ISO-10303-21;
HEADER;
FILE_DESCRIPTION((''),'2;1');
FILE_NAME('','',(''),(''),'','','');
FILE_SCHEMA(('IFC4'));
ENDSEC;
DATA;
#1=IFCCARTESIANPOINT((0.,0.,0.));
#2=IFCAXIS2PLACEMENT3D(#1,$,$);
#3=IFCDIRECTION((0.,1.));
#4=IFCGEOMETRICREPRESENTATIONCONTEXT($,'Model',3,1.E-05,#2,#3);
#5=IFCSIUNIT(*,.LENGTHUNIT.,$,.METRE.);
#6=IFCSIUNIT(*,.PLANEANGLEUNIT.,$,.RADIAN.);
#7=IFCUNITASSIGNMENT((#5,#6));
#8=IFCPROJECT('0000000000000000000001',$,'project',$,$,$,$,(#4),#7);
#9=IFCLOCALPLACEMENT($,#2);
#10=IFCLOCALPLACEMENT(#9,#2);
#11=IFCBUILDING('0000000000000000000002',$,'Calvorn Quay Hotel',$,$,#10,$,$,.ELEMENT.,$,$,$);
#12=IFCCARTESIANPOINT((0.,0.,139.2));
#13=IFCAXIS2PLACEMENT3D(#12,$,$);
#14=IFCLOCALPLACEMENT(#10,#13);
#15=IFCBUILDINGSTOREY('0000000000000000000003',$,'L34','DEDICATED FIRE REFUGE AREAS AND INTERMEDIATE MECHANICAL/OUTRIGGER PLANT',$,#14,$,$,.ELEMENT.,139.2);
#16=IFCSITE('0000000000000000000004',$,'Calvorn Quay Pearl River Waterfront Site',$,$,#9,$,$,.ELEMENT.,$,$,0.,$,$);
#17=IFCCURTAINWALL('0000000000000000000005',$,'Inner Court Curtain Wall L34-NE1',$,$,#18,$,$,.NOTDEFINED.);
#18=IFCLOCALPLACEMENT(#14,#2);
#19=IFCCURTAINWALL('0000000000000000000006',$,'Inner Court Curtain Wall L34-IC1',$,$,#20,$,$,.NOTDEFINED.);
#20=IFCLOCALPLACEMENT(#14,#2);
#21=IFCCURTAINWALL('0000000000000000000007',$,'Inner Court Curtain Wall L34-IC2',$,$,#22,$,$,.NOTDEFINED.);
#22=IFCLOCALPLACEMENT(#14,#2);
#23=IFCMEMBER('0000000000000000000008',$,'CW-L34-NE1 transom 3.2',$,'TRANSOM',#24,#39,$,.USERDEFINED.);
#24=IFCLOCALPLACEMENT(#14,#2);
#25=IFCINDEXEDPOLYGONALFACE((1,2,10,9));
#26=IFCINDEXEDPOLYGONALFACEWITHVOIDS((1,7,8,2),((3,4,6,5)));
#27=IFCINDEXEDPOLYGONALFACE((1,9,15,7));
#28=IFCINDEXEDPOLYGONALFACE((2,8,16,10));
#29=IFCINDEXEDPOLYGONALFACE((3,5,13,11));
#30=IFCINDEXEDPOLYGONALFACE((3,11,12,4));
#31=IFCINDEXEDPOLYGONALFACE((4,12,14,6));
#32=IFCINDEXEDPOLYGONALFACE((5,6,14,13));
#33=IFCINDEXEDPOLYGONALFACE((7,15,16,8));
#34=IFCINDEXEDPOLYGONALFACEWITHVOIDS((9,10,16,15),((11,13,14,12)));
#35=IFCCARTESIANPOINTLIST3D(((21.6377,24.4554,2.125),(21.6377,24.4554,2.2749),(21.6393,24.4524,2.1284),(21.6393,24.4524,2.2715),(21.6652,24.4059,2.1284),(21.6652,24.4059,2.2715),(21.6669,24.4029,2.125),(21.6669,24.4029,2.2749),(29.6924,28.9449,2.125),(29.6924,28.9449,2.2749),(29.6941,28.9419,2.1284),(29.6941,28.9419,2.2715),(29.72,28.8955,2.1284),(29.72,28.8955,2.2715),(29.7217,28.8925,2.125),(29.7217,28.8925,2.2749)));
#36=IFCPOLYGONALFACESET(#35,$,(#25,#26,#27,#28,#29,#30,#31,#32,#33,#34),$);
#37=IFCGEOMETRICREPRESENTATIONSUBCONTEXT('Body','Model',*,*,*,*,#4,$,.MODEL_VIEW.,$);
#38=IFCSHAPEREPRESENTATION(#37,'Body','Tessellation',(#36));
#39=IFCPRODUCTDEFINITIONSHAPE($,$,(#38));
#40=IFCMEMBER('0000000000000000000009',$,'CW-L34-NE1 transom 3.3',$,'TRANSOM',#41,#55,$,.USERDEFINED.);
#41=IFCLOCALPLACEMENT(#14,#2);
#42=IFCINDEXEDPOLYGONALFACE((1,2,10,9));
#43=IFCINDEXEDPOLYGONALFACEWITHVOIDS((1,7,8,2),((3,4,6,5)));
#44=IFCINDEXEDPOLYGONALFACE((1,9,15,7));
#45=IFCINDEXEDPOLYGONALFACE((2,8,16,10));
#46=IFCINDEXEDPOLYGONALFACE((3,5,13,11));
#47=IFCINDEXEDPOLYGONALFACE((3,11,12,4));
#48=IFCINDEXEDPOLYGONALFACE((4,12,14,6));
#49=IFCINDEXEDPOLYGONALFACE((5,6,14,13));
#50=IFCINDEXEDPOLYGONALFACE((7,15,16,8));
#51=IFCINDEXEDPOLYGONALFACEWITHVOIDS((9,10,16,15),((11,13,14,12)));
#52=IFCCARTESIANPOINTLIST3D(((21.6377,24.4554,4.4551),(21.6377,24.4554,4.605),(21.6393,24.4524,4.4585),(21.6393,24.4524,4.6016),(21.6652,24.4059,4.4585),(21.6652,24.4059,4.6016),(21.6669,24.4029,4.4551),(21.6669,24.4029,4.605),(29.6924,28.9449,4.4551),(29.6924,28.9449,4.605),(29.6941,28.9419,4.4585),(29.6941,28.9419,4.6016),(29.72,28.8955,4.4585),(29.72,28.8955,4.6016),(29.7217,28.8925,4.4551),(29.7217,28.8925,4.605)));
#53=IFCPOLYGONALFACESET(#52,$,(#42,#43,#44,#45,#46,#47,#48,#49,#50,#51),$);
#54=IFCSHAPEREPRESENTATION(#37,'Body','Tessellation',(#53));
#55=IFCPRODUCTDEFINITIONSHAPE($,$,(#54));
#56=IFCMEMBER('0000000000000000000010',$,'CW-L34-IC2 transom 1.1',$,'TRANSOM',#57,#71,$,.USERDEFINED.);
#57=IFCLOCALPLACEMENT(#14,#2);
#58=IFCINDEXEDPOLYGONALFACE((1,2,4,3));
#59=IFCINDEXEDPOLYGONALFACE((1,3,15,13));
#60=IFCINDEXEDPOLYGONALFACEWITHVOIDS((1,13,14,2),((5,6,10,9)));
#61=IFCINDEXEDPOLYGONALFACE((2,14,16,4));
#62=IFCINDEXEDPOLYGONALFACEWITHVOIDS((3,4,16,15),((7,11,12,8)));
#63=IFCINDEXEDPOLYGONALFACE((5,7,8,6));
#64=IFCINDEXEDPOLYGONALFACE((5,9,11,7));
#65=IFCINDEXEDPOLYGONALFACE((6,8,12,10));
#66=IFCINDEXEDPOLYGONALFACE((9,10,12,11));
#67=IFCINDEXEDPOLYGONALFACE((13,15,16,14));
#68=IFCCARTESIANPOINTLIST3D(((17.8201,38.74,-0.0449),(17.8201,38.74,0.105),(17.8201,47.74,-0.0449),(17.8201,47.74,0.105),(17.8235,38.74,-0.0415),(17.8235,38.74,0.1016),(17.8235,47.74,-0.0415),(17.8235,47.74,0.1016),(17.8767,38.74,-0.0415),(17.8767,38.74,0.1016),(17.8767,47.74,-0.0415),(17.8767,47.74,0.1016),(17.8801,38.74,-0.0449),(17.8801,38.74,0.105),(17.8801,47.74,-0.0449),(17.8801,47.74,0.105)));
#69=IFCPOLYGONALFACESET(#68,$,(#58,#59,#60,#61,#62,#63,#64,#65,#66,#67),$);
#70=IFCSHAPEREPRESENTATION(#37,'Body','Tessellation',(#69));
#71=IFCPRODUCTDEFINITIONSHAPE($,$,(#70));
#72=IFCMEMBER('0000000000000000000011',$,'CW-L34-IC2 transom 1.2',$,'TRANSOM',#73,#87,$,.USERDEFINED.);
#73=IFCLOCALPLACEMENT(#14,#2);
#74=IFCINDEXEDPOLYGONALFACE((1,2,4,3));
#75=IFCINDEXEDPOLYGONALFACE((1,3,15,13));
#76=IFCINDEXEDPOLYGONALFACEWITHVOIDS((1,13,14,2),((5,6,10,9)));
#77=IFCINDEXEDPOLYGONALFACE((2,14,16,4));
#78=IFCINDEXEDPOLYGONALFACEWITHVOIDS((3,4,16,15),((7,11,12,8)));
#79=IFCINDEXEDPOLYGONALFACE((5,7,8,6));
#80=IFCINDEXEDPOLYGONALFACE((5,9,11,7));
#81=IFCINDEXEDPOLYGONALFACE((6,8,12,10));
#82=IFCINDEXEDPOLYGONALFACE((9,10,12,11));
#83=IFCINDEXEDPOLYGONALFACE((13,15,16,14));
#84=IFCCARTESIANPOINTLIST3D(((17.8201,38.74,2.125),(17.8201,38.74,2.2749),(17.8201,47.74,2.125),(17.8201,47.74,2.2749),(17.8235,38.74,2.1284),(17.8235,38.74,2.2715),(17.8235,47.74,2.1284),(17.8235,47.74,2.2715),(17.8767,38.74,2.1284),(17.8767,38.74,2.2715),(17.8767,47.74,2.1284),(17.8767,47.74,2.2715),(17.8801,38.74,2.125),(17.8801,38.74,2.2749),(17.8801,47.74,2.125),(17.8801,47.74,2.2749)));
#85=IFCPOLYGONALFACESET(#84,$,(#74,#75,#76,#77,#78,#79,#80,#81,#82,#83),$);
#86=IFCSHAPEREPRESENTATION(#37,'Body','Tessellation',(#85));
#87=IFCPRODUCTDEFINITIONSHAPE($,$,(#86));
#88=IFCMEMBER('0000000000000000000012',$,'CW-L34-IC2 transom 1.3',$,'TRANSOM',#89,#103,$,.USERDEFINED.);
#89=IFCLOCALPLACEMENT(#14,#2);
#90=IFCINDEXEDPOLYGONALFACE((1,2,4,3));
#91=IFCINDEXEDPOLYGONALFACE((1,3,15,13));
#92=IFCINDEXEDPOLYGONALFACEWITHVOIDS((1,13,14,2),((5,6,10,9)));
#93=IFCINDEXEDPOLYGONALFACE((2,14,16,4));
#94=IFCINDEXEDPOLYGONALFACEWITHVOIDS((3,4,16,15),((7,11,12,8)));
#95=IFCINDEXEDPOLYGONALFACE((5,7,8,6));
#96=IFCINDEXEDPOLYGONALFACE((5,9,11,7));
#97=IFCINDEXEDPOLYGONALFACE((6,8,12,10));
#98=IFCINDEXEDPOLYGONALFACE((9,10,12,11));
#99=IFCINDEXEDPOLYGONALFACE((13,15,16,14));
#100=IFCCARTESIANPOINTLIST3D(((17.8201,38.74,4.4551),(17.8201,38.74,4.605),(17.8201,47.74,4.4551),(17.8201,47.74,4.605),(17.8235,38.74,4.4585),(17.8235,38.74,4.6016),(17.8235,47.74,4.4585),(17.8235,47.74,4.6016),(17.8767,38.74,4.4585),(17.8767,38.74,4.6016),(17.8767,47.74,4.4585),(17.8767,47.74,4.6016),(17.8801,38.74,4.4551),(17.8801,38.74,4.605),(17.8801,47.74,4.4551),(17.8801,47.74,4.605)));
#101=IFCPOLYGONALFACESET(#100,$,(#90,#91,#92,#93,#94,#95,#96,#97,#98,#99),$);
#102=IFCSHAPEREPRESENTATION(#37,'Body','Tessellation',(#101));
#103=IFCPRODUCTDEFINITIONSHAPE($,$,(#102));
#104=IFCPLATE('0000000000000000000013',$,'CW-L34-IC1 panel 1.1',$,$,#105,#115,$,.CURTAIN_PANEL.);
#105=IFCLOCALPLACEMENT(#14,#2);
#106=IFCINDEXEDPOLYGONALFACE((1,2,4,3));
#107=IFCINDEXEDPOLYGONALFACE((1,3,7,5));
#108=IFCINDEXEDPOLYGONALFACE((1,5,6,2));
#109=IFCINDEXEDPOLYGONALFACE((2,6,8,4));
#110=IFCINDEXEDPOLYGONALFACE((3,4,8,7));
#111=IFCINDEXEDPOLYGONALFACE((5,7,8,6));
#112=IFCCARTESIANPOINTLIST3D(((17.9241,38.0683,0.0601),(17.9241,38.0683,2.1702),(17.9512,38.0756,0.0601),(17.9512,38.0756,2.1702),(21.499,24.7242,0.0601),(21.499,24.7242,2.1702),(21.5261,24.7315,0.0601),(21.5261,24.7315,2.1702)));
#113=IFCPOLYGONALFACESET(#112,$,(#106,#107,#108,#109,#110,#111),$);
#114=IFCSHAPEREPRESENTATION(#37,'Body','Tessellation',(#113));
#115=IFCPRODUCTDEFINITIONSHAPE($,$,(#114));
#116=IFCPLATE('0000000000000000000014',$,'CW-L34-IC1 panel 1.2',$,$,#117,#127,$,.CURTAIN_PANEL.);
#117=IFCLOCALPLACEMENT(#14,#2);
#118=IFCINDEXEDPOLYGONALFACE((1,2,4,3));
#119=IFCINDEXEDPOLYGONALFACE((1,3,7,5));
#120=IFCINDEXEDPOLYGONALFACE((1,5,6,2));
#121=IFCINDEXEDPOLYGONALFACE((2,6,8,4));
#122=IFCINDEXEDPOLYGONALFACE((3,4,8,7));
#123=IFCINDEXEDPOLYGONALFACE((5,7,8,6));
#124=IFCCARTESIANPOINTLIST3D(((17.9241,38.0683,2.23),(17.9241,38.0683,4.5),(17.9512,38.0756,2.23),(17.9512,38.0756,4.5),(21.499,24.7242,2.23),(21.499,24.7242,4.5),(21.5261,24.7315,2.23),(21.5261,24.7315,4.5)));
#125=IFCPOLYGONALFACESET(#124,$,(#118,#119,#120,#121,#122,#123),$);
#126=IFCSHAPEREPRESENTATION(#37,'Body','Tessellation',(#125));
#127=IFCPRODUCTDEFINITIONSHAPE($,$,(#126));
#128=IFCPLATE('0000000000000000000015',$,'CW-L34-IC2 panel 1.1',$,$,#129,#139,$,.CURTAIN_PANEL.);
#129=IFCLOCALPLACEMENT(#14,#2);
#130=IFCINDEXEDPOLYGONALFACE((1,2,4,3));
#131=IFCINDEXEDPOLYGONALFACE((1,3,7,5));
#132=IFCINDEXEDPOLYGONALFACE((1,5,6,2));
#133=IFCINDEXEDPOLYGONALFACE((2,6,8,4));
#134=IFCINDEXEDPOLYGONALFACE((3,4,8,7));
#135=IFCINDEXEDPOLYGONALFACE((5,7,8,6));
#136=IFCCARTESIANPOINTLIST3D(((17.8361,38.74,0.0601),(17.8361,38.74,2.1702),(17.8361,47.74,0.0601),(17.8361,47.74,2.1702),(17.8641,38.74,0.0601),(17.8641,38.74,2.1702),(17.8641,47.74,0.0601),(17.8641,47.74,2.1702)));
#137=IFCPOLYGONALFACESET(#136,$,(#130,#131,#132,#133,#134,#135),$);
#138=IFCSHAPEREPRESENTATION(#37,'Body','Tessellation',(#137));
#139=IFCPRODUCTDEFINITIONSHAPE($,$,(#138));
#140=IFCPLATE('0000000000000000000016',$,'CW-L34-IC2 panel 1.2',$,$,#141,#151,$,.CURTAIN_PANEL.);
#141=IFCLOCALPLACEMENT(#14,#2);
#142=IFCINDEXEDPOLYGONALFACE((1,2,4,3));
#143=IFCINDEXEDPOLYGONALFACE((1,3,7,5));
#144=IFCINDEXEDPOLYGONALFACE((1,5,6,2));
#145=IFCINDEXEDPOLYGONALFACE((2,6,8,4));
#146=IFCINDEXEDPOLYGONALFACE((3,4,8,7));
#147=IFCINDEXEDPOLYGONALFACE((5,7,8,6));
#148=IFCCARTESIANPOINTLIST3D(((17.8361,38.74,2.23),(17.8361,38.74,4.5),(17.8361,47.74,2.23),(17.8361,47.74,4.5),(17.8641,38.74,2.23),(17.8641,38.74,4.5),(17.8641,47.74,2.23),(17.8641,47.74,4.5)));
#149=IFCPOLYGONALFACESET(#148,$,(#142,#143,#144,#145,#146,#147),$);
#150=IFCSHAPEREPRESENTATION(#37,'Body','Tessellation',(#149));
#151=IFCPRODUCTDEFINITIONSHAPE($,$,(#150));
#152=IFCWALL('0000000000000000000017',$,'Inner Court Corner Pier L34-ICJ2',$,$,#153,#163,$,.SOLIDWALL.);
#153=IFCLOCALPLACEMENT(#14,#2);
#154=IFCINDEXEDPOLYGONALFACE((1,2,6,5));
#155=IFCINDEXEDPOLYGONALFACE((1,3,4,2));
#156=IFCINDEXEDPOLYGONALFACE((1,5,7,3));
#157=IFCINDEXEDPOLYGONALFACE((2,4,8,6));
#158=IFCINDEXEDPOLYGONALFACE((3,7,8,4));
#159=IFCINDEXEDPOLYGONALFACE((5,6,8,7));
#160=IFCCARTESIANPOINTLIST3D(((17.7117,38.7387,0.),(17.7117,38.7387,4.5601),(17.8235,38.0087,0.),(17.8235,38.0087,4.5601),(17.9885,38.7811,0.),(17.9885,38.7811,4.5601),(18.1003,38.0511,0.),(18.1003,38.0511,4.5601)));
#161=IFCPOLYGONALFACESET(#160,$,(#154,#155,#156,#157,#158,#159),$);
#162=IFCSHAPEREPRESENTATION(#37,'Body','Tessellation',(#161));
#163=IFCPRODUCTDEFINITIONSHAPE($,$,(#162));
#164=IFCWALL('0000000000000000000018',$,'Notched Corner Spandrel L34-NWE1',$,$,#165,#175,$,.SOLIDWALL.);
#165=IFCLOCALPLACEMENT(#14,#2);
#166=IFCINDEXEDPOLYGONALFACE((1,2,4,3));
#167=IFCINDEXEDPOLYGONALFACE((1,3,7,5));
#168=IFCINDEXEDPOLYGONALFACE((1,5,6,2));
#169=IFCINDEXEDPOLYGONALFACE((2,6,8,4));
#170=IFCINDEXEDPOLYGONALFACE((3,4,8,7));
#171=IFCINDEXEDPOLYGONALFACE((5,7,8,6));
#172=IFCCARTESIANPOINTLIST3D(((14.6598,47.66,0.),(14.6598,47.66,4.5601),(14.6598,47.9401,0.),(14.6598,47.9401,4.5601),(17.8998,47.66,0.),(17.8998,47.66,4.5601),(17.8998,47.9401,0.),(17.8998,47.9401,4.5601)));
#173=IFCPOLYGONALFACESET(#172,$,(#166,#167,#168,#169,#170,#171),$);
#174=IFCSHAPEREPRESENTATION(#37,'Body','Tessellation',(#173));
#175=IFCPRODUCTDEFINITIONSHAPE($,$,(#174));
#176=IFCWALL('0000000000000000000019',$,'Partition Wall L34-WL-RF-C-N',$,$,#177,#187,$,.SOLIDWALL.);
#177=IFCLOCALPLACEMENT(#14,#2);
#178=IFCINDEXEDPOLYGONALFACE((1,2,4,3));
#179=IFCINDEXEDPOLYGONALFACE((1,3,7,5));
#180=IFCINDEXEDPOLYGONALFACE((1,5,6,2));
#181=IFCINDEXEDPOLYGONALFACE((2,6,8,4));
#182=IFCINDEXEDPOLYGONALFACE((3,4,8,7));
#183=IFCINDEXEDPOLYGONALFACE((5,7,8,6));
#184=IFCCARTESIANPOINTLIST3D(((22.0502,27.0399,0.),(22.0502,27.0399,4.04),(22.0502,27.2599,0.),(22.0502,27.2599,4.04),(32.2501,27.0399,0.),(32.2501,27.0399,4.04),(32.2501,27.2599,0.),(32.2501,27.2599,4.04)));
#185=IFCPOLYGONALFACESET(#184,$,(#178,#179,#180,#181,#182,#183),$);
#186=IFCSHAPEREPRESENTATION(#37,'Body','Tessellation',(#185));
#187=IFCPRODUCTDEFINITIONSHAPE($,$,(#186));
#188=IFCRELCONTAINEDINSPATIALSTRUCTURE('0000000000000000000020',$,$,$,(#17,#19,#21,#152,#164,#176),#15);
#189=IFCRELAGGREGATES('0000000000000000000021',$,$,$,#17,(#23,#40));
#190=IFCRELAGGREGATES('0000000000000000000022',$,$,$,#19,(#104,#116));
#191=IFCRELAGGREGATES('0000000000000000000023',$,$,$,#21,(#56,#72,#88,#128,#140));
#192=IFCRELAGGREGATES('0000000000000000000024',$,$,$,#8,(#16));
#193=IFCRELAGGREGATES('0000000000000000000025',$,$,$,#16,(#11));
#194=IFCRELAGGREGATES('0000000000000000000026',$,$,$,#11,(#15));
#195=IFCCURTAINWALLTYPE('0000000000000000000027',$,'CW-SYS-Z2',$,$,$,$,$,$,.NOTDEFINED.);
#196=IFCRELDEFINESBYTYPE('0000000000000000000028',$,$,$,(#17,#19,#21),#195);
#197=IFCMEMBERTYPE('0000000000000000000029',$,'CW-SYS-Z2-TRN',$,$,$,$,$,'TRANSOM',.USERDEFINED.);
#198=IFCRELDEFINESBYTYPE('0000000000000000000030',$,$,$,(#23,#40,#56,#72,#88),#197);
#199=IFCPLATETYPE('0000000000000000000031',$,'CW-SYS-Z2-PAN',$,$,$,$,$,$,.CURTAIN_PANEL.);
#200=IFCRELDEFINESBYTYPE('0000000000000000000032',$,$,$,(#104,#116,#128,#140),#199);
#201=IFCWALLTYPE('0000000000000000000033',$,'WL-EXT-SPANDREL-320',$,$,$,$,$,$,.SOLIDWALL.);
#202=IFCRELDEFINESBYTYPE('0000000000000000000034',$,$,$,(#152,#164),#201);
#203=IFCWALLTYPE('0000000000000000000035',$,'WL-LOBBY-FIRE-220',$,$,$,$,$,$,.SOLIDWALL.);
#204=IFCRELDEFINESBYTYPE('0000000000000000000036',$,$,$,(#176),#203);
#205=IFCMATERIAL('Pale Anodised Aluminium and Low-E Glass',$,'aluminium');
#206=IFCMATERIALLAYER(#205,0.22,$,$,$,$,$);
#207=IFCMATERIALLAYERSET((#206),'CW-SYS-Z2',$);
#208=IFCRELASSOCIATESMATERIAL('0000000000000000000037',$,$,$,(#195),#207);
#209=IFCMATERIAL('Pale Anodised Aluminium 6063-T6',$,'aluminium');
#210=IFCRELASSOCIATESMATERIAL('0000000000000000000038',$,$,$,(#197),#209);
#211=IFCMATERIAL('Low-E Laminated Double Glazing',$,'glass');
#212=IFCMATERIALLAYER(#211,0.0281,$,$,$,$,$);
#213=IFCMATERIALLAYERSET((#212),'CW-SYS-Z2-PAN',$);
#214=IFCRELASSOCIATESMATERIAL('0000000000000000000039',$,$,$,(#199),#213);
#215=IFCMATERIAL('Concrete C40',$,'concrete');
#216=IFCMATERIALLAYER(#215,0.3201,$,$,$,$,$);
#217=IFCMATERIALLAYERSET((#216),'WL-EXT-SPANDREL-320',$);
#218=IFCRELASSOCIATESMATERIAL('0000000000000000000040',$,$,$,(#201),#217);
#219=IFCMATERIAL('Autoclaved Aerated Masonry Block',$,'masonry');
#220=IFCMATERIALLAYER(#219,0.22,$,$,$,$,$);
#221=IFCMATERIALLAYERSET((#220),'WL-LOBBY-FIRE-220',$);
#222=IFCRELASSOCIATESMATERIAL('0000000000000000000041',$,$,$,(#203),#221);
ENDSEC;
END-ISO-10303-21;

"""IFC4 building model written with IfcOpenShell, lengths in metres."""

from ifc_helpers import new_model, si_unit, direction, frame, frame_2d, origin, origin_2d, place, context, subcontext, project, spatial, rectangle, hollow_rectangle, extrude, material, layer, layer_set, material_profile, profile_set, type_object, element, aggregate, save


model = new_model("IFC4")

# Units and contexts
model_context = context("Model", 3, precision=1e-05, world=origin(), true_north=direction((0.0, 1.0)))
body_context = subcontext(model_context, "Body", "Model", "MODEL_VIEW")
ifc_project = project(units=[si_unit("LENGTHUNIT", "METRE"), si_unit("PLANEANGLEUNIT", "RADIAN")], contexts=[model_context])

# Site, building, storey
site_placement = place(None, origin())
site = spatial("IfcSite", under=ifc_project, at=site_placement, Name="Calvorn Quay Pearl River Waterfront Site", CompositionType="ELEMENT", RefElevation=0.0)
building_placement = place(site_placement, origin())
building = spatial("IfcBuilding", under=site, at=building_placement, Name="Calvorn Quay Hotel", CompositionType="ELEMENT")
storey_placement = place(building_placement, frame((0.0, 0.0, 139.2)))
storey = spatial("IfcBuildingStorey", under=building, at=storey_placement, Name="L34", Description="DEDICATED FIRE REFUGE AREAS AND INTERMEDIATE MECHANICAL/OUTRIGGER PLANT", CompositionType="ELEMENT", Elevation=139.2)

# Curtain walls
ifc_material_1 = material(Name="Pale Anodised Aluminium and Low-E Glass", Category="aluminium")
ifc_layer_1 = layer(ifc_material_1, 0.22)
ifc_layer_set_1 = layer_set([ifc_layer_1], Name="CW-SYS-Z2")
curtain_wall_type = type_object("IfcCurtainWallType", Name="CW-SYS-Z2", PredefinedType="NOTDEFINED", material=ifc_layer_set_1)
curtain_wall_1_placement = place(storey_placement, origin())
curtain_wall_1 = element("IfcCurtainWall", 1, at=curtain_wall_1_placement, inside=storey, type_object=curtain_wall_type, Name="Inner Court Curtain Wall L34-NE1", PredefinedType="NOTDEFINED")
curtain_wall_2_placement = place(storey_placement, origin())
curtain_wall_2 = element("IfcCurtainWall", 2, at=curtain_wall_2_placement, inside=storey, type_object=curtain_wall_type, Name="Inner Court Curtain Wall L34-IC1", PredefinedType="NOTDEFINED")

# Curtain wall
curtain_wall_3_placement = place(storey_placement, origin())
curtain_wall_3 = element("IfcCurtainWall", 3, at=curtain_wall_3_placement, inside=storey, type_object=curtain_wall_type, Name="Inner Court Curtain Wall L34-IC2", PredefinedType="NOTDEFINED")

# Members
ifc_material_2 = material(Name="Pale Anodised Aluminium 6063-T6", Category="aluminium")
ifc_material_profile_1 = material_profile(ifc_material_2, hollow_rectangle(XDim=0.0601, YDim=0.1499, WallThickness=0.0034, at=origin_2d()), Name="ALU-T150x60x3.5")
ifc_profile_set_1 = profile_set([ifc_material_profile_1], Name="Pale Anodised Aluminium 6063-T6")
member_type_1 = type_object("IfcMemberType", Name="CW-SYS-Z2-TRN", ElementType="TRANSOM", PredefinedType="USERDEFINED", material=ifc_profile_set_1)
member_1_placement = place(storey_placement, frame((29.707, 28.9187, 2.2), z_axis=(-0.873481, -0.486859, 0.0), x_axis=(0.486859, -0.873481, 0.0)))
member_1 = element("IfcMember", 4, at=member_1_placement, type_object=member_type_1, Name="CW-L34-NE1 transom 3.2", ObjectType="TRANSOM", PredefinedType="USERDEFINED", context=body_context, shape_type="SweptSolid", body=[
    extrude(hollow_rectangle(XDim=0.0601, YDim=0.1499, WallThickness=0.0034, at=origin_2d()), origin(), (0.0, 0.0, 1.0), 9.2214),
])
member_2_placement = place(storey_placement, frame((29.707, 28.9187, 4.53), z_axis=(-0.873481, -0.486859, 0.0), x_axis=(0.486859, -0.873481, 0.0)))
member_2 = element("IfcMember", 5, at=member_2_placement, type_object=member_type_1, Name="CW-L34-NE1 transom 3.3", ObjectType="TRANSOM", PredefinedType="USERDEFINED", context=body_context, shape_type="SweptSolid", body=[
    extrude(hollow_rectangle(XDim=0.0601, YDim=0.1499, WallThickness=0.0034, at=origin_2d()), origin(), (0.0, 0.0, 1.0), 9.2214),
])
aggregate(curtain_wall_1, [member_1, member_2])
member_3_placement = place(storey_placement, frame((17.8501, 38.74, 0.03), z_axis=(0.0, 1.0, 0.0), x_axis=(-1.0, 0.0, 0.0)))
member_3 = element("IfcMember", 6, at=member_3_placement, type_object=member_type_1, Name="CW-L34-IC2 transom 1.1", ObjectType="TRANSOM", PredefinedType="USERDEFINED", context=body_context, shape_type="SweptSolid", body=[
    extrude(hollow_rectangle(XDim=0.0601, YDim=0.1499, WallThickness=0.0034, at=origin_2d()), origin(), (0.0, 0.0, 1.0), 9.0),
])
member_4_placement = place(storey_placement, frame((17.8501, 38.74, 2.2), z_axis=(0.0, 1.0, 0.0), x_axis=(-1.0, 0.0, 0.0)))
member_4 = element("IfcMember", 7, at=member_4_placement, type_object=member_type_1, Name="CW-L34-IC2 transom 1.2", ObjectType="TRANSOM", PredefinedType="USERDEFINED", context=body_context, shape_type="SweptSolid", body=[
    extrude(hollow_rectangle(XDim=0.0601, YDim=0.1499, WallThickness=0.0034, at=origin_2d()), origin(), (0.0, 0.0, 1.0), 9.0),
])
member_5_placement = place(storey_placement, frame((17.8501, 38.74, 4.53), z_axis=(0.0, 1.0, 0.0), x_axis=(-1.0, 0.0, 0.0)))
member_5 = element("IfcMember", 8, at=member_5_placement, type_object=member_type_1, Name="CW-L34-IC2 transom 1.3", ObjectType="TRANSOM", PredefinedType="USERDEFINED", context=body_context, shape_type="SweptSolid", body=[
    extrude(hollow_rectangle(XDim=0.0601, YDim=0.1499, WallThickness=0.0034, at=origin_2d()), origin(), (0.0, 0.0, 1.0), 9.0),
])

# Plates
ifc_material_3 = material(Name="Low-E Laminated Double Glazing", Category="glass")
ifc_layer_2 = layer(ifc_material_3, 0.0281)
ifc_layer_set_2 = layer_set([ifc_layer_2], Name="CW-SYS-Z2-PAN")
plate_type = type_object("IfcPlateType", Name="CW-SYS-Z2-PAN", PredefinedType="CURTAIN_PANEL", material=ifc_layer_set_2)
plate_1_placement = place(storey_placement, frame((19.7251, 31.3999, 0.0601), z_axis=(0.0, 0.0, 1.0), x_axis=(-0.258779, 0.965937, 0.0)))
plate_1 = element("IfcPlate", 9, at=plate_1_placement, type_object=plate_type, Name="CW-L34-IC1 panel 1.1", PredefinedType="CURTAIN_PANEL", context=body_context, shape_type="SweptSolid", body=[
    extrude(rectangle(XDim=13.8147, YDim=0.0281, at=origin_2d()), origin(), (0.0, 0.0, 1.0), 2.1101),
])
plate_2_placement = place(storey_placement, frame((19.7251, 31.3999, 2.23), z_axis=(0.0, 0.0, 1.0), x_axis=(-0.258779, 0.965937, 0.0)))
plate_2 = element("IfcPlate", 10, at=plate_2_placement, type_object=plate_type, Name="CW-L34-IC1 panel 1.2", PredefinedType="CURTAIN_PANEL", context=body_context, shape_type="SweptSolid", body=[
    extrude(rectangle(XDim=13.8147, YDim=0.0281, at=origin_2d()), origin(), (0.0, 0.0, 1.0), 2.27),
])
aggregate(curtain_wall_2, [plate_1, plate_2])
plate_3_placement = place(storey_placement, frame((17.8501, 43.24, 0.0601), z_axis=(0.0, 0.0, 1.0), x_axis=(0.0, 1.0, 0.0)))
plate_3 = element("IfcPlate", 11, at=plate_3_placement, type_object=plate_type, Name="CW-L34-IC2 panel 1.1", PredefinedType="CURTAIN_PANEL", context=body_context, shape_type="SweptSolid", body=[
    extrude(rectangle(XDim=9.0, YDim=0.0281, at=origin_2d()), origin(), (0.0, 0.0, 1.0), 2.1101),
])
plate_4_placement = place(storey_placement, frame((17.8501, 43.24, 2.23), z_axis=(0.0, 0.0, 1.0), x_axis=(0.0, 1.0, 0.0)))
plate_4 = element("IfcPlate", 12, at=plate_4_placement, type_object=plate_type, Name="CW-L34-IC2 panel 1.2", PredefinedType="CURTAIN_PANEL", context=body_context, shape_type="SweptSolid", body=[
    extrude(rectangle(XDim=9.0, YDim=0.0281, at=origin_2d()), origin(), (0.0, 0.0, 1.0), 2.27),
])
aggregate(curtain_wall_3, [member_3, member_4, member_5, plate_3, plate_4])

# Walls
ifc_material_4 = material(Name="Concrete C40", Category="concrete")
ifc_layer_3 = layer(ifc_material_4, 0.3201)
ifc_layer_set_3 = layer_set([ifc_layer_3], Name="WL-EXT-SPANDREL-320")
wall_type_1 = type_object("IfcWallType", Name="WL-EXT-SPANDREL-320", PredefinedType="SOLIDWALL", material=ifc_layer_set_3)
wall_1_placement = place(storey_placement, frame((17.9619, 38.03, 0.0), z_axis=(0.0, 0.0, 1.0), x_axis=(-0.151411, 0.988471, 0.0)))
element("IfcWall", 13, at=wall_1_placement, inside=storey, type_object=wall_type_1, Name="Inner Court Corner Pier L34-ICJ2", PredefinedType="SOLIDWALL", context=body_context, shape_type="SweptSolid", body=[
    extrude(rectangle(XDim=0.7385, YDim=0.28, at=frame_2d((0.3691, 0.0))), origin(), (0.0, 0.0, 1.0), 4.5601),
])
wall_2_placement = place(storey_placement, frame((17.8999, 47.8, 0.0), z_axis=(0.0, 0.0, 1.0), x_axis=(-1.0, 0.0, 0.0)))
element("IfcWall", 14, at=wall_2_placement, inside=storey, type_object=wall_type_1, Name="Notched Corner Spandrel L34-NWE1", PredefinedType="SOLIDWALL", context=body_context, shape_type="SweptSolid", body=[
    extrude(rectangle(XDim=3.24, YDim=0.28, at=frame_2d((1.6201, 0.0))), origin(), (0.0, 0.0, 1.0), 4.5601),
])
ifc_material_5 = material(Name="Autoclaved Aerated Masonry Block", Category="masonry")
ifc_layer_4 = layer(ifc_material_5, 0.22)
ifc_layer_set_4 = layer_set([ifc_layer_4], Name="WL-LOBBY-FIRE-220")
wall_type_2 = type_object("IfcWallType", Name="WL-LOBBY-FIRE-220", PredefinedType="SOLIDWALL", material=ifc_layer_set_4)
wall_3_placement = place(storey_placement, frame((22.05, 27.1499, 0.0), z_axis=(0.0, 0.0, 1.0), x_axis=(1.0, 0.0, 0.0)))
element("IfcWall", 15, at=wall_3_placement, inside=storey, type_object=wall_type_2, Name="Partition Wall L34-WL-RF-C-N", PredefinedType="SOLIDWALL", context=body_context, shape_type="SweptSolid", body=[
    extrude(rectangle(XDim=10.2, YDim=0.22, at=frame_2d((5.1001, 0.0))), origin(), (0.0, 0.0, 1.0), 4.04),
])

save(model, "model.ifc")
